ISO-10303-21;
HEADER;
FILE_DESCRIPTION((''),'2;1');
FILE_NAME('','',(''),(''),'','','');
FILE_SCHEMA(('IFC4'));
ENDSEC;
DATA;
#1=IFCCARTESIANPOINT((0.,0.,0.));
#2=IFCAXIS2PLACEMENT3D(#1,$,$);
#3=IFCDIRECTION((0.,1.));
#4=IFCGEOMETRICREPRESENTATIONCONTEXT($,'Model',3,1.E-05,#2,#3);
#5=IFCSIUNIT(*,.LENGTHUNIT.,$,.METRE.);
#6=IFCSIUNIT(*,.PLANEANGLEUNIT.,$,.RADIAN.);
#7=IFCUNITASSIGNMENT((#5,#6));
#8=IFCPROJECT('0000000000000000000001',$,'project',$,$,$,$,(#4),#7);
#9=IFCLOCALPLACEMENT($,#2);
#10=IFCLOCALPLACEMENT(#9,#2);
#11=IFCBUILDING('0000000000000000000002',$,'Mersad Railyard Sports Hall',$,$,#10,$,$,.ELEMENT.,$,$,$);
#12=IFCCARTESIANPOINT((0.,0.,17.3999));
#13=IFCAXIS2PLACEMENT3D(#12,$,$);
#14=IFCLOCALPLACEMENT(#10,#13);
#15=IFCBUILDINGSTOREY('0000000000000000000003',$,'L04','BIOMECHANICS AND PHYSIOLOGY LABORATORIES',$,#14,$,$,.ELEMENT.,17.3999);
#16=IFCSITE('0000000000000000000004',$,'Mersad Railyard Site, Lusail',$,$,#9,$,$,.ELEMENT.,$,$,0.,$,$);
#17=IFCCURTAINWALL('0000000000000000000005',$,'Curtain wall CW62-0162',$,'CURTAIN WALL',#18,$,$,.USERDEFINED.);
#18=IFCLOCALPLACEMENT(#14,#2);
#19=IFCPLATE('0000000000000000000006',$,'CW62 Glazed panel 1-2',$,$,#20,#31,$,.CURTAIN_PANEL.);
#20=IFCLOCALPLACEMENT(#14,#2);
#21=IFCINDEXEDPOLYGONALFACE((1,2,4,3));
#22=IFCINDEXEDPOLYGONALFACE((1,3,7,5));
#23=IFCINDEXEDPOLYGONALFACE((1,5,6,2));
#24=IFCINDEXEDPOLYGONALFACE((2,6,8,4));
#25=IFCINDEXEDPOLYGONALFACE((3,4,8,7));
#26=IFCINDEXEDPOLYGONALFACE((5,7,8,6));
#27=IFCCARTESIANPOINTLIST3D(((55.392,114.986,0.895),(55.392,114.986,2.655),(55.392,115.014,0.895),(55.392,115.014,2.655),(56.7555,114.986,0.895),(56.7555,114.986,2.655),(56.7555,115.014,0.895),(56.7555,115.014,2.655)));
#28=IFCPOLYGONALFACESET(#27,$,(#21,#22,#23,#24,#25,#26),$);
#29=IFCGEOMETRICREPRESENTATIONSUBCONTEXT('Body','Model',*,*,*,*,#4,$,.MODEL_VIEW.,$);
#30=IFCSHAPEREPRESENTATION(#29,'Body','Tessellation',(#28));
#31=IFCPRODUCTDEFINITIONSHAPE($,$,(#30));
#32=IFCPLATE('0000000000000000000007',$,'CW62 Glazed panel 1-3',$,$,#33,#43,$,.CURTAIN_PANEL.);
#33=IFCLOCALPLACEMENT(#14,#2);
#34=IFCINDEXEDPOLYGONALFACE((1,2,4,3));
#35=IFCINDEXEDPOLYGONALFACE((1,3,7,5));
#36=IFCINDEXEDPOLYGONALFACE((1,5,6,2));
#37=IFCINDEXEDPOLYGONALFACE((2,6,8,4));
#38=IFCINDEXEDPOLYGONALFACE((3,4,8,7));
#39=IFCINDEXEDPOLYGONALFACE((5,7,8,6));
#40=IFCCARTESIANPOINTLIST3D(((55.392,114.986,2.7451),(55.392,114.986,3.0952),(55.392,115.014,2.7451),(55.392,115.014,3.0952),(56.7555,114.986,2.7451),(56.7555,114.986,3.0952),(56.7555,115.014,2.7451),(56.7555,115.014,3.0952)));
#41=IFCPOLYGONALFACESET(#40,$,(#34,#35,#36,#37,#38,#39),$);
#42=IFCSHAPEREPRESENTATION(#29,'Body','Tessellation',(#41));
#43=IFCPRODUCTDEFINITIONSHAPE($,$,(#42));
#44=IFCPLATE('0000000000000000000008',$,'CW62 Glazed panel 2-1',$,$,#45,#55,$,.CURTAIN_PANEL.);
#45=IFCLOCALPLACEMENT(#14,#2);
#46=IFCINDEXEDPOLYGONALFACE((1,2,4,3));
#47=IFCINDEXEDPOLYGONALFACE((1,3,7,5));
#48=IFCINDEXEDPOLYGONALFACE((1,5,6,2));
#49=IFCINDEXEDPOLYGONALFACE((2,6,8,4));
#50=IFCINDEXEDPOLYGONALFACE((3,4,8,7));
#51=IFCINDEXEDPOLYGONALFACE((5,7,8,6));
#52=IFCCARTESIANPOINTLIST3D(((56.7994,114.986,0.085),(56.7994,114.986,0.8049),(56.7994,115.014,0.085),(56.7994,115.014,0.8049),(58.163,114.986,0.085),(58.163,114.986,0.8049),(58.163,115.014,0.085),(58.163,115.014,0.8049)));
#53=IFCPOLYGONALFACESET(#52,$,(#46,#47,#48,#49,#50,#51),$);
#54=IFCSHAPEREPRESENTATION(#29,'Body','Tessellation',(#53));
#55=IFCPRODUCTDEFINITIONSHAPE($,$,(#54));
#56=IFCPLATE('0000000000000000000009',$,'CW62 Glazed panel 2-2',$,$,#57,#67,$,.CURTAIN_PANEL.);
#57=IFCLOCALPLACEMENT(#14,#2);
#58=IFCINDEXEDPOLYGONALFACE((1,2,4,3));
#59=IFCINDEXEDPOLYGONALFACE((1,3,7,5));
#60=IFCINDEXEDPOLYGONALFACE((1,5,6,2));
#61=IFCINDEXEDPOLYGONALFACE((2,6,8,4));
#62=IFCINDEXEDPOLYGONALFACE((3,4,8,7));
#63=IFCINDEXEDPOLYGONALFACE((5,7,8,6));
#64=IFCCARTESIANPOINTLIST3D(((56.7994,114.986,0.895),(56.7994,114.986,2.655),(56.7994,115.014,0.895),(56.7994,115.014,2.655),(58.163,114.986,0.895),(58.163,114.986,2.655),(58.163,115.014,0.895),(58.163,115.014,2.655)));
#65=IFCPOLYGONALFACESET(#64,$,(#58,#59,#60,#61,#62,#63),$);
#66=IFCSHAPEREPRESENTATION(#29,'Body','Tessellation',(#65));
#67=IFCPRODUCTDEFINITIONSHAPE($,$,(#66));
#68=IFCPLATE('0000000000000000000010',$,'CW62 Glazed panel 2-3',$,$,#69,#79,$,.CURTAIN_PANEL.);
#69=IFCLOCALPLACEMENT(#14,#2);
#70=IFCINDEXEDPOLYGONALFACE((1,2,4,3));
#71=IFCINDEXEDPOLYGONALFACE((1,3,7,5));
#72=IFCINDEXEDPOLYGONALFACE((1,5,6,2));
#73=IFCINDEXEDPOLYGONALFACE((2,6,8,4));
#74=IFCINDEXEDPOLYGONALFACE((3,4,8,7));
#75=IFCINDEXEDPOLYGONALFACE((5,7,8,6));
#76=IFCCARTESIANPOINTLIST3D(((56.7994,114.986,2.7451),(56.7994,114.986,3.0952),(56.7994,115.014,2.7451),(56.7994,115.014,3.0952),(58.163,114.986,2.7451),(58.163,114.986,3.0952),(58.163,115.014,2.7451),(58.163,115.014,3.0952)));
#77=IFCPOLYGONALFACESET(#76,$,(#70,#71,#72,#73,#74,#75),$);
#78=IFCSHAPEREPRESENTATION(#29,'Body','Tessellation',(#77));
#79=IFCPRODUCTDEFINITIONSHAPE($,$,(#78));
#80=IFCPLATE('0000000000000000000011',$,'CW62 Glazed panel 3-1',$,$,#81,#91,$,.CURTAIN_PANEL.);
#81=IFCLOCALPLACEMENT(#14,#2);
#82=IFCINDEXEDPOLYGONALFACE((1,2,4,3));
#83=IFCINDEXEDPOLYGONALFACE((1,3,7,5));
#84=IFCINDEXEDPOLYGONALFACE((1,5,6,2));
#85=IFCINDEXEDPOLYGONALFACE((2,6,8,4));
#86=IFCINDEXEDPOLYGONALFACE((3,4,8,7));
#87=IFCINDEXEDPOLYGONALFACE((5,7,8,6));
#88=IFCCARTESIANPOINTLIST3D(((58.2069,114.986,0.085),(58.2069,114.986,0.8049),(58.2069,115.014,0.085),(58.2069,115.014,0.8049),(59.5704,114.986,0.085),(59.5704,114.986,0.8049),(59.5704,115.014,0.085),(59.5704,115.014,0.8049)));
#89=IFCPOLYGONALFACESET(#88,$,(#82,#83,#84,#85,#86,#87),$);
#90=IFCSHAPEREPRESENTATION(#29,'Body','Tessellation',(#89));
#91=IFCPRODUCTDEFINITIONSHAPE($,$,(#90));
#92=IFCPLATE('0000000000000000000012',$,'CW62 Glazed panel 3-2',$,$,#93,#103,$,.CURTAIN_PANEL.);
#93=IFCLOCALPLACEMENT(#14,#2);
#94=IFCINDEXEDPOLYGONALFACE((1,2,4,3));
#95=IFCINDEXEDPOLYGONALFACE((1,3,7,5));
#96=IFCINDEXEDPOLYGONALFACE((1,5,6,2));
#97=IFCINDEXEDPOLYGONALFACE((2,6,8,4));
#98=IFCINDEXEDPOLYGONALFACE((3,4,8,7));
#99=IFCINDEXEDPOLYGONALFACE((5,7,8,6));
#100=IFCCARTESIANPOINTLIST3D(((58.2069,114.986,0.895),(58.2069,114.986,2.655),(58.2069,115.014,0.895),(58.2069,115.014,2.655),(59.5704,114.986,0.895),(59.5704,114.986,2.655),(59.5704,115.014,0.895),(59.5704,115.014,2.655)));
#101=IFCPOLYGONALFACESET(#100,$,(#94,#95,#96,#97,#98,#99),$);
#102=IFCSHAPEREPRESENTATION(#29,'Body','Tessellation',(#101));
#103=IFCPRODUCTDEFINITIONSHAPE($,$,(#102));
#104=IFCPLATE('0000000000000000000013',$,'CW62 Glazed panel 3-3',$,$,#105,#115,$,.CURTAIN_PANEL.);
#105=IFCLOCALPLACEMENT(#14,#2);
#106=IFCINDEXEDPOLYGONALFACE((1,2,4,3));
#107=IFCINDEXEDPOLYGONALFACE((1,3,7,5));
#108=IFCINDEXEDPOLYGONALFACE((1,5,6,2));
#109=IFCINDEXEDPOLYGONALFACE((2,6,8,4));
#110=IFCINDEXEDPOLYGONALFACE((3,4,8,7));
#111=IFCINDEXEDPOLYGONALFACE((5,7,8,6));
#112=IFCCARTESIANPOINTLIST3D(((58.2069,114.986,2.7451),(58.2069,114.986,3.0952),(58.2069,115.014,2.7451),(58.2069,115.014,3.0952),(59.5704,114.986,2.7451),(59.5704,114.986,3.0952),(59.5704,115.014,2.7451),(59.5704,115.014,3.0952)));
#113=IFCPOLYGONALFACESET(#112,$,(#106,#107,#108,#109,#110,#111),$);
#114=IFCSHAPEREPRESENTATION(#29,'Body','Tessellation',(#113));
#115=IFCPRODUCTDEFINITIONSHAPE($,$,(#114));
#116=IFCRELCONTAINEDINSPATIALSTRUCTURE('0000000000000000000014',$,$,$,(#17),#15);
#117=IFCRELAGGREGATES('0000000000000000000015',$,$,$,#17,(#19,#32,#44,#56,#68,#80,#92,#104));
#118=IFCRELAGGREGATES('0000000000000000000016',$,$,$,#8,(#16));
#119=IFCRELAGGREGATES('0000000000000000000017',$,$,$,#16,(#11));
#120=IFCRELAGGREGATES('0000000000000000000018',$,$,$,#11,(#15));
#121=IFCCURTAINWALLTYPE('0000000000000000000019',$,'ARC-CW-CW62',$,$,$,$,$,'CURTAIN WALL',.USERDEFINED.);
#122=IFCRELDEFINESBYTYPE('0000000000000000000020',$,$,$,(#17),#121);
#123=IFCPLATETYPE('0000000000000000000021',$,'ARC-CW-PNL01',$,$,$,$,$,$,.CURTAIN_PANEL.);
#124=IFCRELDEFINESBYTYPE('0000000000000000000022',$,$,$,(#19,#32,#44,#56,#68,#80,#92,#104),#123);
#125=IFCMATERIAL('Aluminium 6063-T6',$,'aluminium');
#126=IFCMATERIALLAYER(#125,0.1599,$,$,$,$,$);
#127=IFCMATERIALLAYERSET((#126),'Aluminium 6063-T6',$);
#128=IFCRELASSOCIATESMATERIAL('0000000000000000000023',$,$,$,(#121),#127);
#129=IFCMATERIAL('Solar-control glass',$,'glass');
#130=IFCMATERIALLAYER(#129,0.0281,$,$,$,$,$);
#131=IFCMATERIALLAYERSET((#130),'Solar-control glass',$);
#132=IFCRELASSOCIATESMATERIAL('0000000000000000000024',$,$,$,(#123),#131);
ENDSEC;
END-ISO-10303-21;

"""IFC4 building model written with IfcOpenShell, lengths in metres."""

from ifc_helpers import new_model, si_unit, direction, frame, origin, origin_2d, place, context, subcontext, project, spatial, rectangle, extrude, material, layer, layer_set, type_object, element, aggregate, save


model = new_model("IFC4")

# Units and contexts
model_context = context("Model", 3, precision=1e-05, world=origin(), true_north=direction((0.0, 1.0)))
body_context = subcontext(model_context, "Body", "Model", "MODEL_VIEW")
ifc_project = project(units=[si_unit("LENGTHUNIT", "METRE"), si_unit("PLANEANGLEUNIT", "RADIAN")], contexts=[model_context])

# Site, building, storey
site_placement = place(None, origin())
site = spatial("IfcSite", under=ifc_project, at=site_placement, Name="Mersad Railyard Site, Lusail", CompositionType="ELEMENT", RefElevation=0.0)
building_placement = place(site_placement, origin())
building = spatial("IfcBuilding", under=site, at=building_placement, Name="Mersad Railyard Sports Hall", CompositionType="ELEMENT")
storey_placement = place(building_placement, frame((0.0, 0.0, 17.3999)))
storey = spatial("IfcBuildingStorey", under=building, at=storey_placement, Name="L04", Description="BIOMECHANICS AND PHYSIOLOGY LABORATORIES", CompositionType="ELEMENT", Elevation=17.3999)

# Curtain wall
ifc_material_1 = material(Name="Aluminium 6063-T6", Category="aluminium")
ifc_layer_1 = layer(ifc_material_1, 0.1599)
ifc_layer_set_1 = layer_set([ifc_layer_1], Name="Aluminium 6063-T6")
curtain_wall_type = type_object("IfcCurtainWallType", Name="ARC-CW-CW62", ElementType="CURTAIN WALL", PredefinedType="USERDEFINED", material=ifc_layer_set_1)
curtain_wall_placement = place(storey_placement, origin())
curtain_wall = element("IfcCurtainWall", 1, at=curtain_wall_placement, inside=storey, type_object=curtain_wall_type, Name="Curtain wall CW62-0162", ObjectType="CURTAIN WALL", PredefinedType="USERDEFINED")

# Plates
ifc_material_2 = material(Name="Solar-control glass", Category="glass")
ifc_layer_2 = layer(ifc_material_2, 0.0281)
ifc_layer_set_2 = layer_set([ifc_layer_2], Name="Solar-control glass")
plate_type = type_object("IfcPlateType", Name="ARC-CW-PNL01", PredefinedType="CURTAIN_PANEL", material=ifc_layer_set_2)
plate_1_placement = place(storey_placement, frame((56.0737, 115.0, 0.895), z_axis=(0.0, 0.0, 1.0), x_axis=(1.0, 0.0, 0.0)))
plate_1 = element("IfcPlate", 2, at=plate_1_placement, type_object=plate_type, Name="CW62 Glazed panel 1-2", PredefinedType="CURTAIN_PANEL", context=body_context, shape_type="SweptSolid", body=[
    extrude(rectangle(XDim=1.3635, YDim=0.0281, at=origin_2d()), origin(), (0.0, 0.0, 1.0), 1.76),
])
plate_2_placement = place(storey_placement, frame((56.0737, 115.0, 2.7451), z_axis=(0.0, 0.0, 1.0), x_axis=(1.0, 0.0, 0.0)))
plate_2 = element("IfcPlate", 3, at=plate_2_placement, type_object=plate_type, Name="CW62 Glazed panel 1-3", PredefinedType="CURTAIN_PANEL", context=body_context, shape_type="SweptSolid", body=[
    extrude(rectangle(XDim=1.3635, YDim=0.0281, at=origin_2d()), origin(), (0.0, 0.0, 1.0), 0.3501),
])
plate_3_placement = place(storey_placement, frame((57.4812, 115.0, 0.085), z_axis=(0.0, 0.0, 1.0), x_axis=(1.0, 0.0, 0.0)))
plate_3 = element("IfcPlate", 4, at=plate_3_placement, type_object=plate_type, Name="CW62 Glazed panel 2-1", PredefinedType="CURTAIN_PANEL", context=body_context, shape_type="SweptSolid", body=[
    extrude(rectangle(XDim=1.3635, YDim=0.0281, at=origin_2d()), origin(), (0.0, 0.0, 1.0), 0.72),
])
plate_4_placement = place(storey_placement, frame((57.4812, 115.0, 0.895), z_axis=(0.0, 0.0, 1.0), x_axis=(1.0, 0.0, 0.0)))
plate_4 = element("IfcPlate", 5, at=plate_4_placement, type_object=plate_type, Name="CW62 Glazed panel 2-2", PredefinedType="CURTAIN_PANEL", context=body_context, shape_type="SweptSolid", body=[
    extrude(rectangle(XDim=1.3635, YDim=0.0281, at=origin_2d()), origin(), (0.0, 0.0, 1.0), 1.76),
])
plate_5_placement = place(storey_placement, frame((57.4812, 115.0, 2.7451), z_axis=(0.0, 0.0, 1.0), x_axis=(1.0, 0.0, 0.0)))
plate_5 = element("IfcPlate", 6, at=plate_5_placement, type_object=plate_type, Name="CW62 Glazed panel 2-3", PredefinedType="CURTAIN_PANEL", context=body_context, shape_type="SweptSolid", body=[
    extrude(rectangle(XDim=1.3635, YDim=0.0281, at=origin_2d()), origin(), (0.0, 0.0, 1.0), 0.3501),
])
plate_6_placement = place(storey_placement, frame((58.8887, 115.0, 0.085), z_axis=(0.0, 0.0, 1.0), x_axis=(1.0, 0.0, 0.0)))
plate_6 = element("IfcPlate", 7, at=plate_6_placement, type_object=plate_type, Name="CW62 Glazed panel 3-1", PredefinedType="CURTAIN_PANEL", context=body_context, shape_type="SweptSolid", body=[
    extrude(rectangle(XDim=1.3635, YDim=0.0281, at=origin_2d()), origin(), (0.0, 0.0, 1.0), 0.72),
])
plate_7_placement = place(storey_placement, frame((58.8887, 115.0, 0.895), z_axis=(0.0, 0.0, 1.0), x_axis=(1.0, 0.0, 0.0)))
plate_7 = element("IfcPlate", 8, at=plate_7_placement, type_object=plate_type, Name="CW62 Glazed panel 3-2", PredefinedType="CURTAIN_PANEL", context=body_context, shape_type="SweptSolid", body=[
    extrude(rectangle(XDim=1.3635, YDim=0.0281, at=origin_2d()), origin(), (0.0, 0.0, 1.0), 1.76),
])
plate_8_placement = place(storey_placement, frame((58.8887, 115.0, 2.7451), z_axis=(0.0, 0.0, 1.0), x_axis=(1.0, 0.0, 0.0)))
plate_8 = element("IfcPlate", 9, at=plate_8_placement, type_object=plate_type, Name="CW62 Glazed panel 3-3", PredefinedType="CURTAIN_PANEL", context=body_context, shape_type="SweptSolid", body=[
    extrude(rectangle(XDim=1.3635, YDim=0.0281, at=origin_2d()), origin(), (0.0, 0.0, 1.0), 0.3501),
])
aggregate(curtain_wall, [plate_1, plate_2, plate_3, plate_4, plate_5, plate_6, plate_7, plate_8])

save(model, "model.ifc")
